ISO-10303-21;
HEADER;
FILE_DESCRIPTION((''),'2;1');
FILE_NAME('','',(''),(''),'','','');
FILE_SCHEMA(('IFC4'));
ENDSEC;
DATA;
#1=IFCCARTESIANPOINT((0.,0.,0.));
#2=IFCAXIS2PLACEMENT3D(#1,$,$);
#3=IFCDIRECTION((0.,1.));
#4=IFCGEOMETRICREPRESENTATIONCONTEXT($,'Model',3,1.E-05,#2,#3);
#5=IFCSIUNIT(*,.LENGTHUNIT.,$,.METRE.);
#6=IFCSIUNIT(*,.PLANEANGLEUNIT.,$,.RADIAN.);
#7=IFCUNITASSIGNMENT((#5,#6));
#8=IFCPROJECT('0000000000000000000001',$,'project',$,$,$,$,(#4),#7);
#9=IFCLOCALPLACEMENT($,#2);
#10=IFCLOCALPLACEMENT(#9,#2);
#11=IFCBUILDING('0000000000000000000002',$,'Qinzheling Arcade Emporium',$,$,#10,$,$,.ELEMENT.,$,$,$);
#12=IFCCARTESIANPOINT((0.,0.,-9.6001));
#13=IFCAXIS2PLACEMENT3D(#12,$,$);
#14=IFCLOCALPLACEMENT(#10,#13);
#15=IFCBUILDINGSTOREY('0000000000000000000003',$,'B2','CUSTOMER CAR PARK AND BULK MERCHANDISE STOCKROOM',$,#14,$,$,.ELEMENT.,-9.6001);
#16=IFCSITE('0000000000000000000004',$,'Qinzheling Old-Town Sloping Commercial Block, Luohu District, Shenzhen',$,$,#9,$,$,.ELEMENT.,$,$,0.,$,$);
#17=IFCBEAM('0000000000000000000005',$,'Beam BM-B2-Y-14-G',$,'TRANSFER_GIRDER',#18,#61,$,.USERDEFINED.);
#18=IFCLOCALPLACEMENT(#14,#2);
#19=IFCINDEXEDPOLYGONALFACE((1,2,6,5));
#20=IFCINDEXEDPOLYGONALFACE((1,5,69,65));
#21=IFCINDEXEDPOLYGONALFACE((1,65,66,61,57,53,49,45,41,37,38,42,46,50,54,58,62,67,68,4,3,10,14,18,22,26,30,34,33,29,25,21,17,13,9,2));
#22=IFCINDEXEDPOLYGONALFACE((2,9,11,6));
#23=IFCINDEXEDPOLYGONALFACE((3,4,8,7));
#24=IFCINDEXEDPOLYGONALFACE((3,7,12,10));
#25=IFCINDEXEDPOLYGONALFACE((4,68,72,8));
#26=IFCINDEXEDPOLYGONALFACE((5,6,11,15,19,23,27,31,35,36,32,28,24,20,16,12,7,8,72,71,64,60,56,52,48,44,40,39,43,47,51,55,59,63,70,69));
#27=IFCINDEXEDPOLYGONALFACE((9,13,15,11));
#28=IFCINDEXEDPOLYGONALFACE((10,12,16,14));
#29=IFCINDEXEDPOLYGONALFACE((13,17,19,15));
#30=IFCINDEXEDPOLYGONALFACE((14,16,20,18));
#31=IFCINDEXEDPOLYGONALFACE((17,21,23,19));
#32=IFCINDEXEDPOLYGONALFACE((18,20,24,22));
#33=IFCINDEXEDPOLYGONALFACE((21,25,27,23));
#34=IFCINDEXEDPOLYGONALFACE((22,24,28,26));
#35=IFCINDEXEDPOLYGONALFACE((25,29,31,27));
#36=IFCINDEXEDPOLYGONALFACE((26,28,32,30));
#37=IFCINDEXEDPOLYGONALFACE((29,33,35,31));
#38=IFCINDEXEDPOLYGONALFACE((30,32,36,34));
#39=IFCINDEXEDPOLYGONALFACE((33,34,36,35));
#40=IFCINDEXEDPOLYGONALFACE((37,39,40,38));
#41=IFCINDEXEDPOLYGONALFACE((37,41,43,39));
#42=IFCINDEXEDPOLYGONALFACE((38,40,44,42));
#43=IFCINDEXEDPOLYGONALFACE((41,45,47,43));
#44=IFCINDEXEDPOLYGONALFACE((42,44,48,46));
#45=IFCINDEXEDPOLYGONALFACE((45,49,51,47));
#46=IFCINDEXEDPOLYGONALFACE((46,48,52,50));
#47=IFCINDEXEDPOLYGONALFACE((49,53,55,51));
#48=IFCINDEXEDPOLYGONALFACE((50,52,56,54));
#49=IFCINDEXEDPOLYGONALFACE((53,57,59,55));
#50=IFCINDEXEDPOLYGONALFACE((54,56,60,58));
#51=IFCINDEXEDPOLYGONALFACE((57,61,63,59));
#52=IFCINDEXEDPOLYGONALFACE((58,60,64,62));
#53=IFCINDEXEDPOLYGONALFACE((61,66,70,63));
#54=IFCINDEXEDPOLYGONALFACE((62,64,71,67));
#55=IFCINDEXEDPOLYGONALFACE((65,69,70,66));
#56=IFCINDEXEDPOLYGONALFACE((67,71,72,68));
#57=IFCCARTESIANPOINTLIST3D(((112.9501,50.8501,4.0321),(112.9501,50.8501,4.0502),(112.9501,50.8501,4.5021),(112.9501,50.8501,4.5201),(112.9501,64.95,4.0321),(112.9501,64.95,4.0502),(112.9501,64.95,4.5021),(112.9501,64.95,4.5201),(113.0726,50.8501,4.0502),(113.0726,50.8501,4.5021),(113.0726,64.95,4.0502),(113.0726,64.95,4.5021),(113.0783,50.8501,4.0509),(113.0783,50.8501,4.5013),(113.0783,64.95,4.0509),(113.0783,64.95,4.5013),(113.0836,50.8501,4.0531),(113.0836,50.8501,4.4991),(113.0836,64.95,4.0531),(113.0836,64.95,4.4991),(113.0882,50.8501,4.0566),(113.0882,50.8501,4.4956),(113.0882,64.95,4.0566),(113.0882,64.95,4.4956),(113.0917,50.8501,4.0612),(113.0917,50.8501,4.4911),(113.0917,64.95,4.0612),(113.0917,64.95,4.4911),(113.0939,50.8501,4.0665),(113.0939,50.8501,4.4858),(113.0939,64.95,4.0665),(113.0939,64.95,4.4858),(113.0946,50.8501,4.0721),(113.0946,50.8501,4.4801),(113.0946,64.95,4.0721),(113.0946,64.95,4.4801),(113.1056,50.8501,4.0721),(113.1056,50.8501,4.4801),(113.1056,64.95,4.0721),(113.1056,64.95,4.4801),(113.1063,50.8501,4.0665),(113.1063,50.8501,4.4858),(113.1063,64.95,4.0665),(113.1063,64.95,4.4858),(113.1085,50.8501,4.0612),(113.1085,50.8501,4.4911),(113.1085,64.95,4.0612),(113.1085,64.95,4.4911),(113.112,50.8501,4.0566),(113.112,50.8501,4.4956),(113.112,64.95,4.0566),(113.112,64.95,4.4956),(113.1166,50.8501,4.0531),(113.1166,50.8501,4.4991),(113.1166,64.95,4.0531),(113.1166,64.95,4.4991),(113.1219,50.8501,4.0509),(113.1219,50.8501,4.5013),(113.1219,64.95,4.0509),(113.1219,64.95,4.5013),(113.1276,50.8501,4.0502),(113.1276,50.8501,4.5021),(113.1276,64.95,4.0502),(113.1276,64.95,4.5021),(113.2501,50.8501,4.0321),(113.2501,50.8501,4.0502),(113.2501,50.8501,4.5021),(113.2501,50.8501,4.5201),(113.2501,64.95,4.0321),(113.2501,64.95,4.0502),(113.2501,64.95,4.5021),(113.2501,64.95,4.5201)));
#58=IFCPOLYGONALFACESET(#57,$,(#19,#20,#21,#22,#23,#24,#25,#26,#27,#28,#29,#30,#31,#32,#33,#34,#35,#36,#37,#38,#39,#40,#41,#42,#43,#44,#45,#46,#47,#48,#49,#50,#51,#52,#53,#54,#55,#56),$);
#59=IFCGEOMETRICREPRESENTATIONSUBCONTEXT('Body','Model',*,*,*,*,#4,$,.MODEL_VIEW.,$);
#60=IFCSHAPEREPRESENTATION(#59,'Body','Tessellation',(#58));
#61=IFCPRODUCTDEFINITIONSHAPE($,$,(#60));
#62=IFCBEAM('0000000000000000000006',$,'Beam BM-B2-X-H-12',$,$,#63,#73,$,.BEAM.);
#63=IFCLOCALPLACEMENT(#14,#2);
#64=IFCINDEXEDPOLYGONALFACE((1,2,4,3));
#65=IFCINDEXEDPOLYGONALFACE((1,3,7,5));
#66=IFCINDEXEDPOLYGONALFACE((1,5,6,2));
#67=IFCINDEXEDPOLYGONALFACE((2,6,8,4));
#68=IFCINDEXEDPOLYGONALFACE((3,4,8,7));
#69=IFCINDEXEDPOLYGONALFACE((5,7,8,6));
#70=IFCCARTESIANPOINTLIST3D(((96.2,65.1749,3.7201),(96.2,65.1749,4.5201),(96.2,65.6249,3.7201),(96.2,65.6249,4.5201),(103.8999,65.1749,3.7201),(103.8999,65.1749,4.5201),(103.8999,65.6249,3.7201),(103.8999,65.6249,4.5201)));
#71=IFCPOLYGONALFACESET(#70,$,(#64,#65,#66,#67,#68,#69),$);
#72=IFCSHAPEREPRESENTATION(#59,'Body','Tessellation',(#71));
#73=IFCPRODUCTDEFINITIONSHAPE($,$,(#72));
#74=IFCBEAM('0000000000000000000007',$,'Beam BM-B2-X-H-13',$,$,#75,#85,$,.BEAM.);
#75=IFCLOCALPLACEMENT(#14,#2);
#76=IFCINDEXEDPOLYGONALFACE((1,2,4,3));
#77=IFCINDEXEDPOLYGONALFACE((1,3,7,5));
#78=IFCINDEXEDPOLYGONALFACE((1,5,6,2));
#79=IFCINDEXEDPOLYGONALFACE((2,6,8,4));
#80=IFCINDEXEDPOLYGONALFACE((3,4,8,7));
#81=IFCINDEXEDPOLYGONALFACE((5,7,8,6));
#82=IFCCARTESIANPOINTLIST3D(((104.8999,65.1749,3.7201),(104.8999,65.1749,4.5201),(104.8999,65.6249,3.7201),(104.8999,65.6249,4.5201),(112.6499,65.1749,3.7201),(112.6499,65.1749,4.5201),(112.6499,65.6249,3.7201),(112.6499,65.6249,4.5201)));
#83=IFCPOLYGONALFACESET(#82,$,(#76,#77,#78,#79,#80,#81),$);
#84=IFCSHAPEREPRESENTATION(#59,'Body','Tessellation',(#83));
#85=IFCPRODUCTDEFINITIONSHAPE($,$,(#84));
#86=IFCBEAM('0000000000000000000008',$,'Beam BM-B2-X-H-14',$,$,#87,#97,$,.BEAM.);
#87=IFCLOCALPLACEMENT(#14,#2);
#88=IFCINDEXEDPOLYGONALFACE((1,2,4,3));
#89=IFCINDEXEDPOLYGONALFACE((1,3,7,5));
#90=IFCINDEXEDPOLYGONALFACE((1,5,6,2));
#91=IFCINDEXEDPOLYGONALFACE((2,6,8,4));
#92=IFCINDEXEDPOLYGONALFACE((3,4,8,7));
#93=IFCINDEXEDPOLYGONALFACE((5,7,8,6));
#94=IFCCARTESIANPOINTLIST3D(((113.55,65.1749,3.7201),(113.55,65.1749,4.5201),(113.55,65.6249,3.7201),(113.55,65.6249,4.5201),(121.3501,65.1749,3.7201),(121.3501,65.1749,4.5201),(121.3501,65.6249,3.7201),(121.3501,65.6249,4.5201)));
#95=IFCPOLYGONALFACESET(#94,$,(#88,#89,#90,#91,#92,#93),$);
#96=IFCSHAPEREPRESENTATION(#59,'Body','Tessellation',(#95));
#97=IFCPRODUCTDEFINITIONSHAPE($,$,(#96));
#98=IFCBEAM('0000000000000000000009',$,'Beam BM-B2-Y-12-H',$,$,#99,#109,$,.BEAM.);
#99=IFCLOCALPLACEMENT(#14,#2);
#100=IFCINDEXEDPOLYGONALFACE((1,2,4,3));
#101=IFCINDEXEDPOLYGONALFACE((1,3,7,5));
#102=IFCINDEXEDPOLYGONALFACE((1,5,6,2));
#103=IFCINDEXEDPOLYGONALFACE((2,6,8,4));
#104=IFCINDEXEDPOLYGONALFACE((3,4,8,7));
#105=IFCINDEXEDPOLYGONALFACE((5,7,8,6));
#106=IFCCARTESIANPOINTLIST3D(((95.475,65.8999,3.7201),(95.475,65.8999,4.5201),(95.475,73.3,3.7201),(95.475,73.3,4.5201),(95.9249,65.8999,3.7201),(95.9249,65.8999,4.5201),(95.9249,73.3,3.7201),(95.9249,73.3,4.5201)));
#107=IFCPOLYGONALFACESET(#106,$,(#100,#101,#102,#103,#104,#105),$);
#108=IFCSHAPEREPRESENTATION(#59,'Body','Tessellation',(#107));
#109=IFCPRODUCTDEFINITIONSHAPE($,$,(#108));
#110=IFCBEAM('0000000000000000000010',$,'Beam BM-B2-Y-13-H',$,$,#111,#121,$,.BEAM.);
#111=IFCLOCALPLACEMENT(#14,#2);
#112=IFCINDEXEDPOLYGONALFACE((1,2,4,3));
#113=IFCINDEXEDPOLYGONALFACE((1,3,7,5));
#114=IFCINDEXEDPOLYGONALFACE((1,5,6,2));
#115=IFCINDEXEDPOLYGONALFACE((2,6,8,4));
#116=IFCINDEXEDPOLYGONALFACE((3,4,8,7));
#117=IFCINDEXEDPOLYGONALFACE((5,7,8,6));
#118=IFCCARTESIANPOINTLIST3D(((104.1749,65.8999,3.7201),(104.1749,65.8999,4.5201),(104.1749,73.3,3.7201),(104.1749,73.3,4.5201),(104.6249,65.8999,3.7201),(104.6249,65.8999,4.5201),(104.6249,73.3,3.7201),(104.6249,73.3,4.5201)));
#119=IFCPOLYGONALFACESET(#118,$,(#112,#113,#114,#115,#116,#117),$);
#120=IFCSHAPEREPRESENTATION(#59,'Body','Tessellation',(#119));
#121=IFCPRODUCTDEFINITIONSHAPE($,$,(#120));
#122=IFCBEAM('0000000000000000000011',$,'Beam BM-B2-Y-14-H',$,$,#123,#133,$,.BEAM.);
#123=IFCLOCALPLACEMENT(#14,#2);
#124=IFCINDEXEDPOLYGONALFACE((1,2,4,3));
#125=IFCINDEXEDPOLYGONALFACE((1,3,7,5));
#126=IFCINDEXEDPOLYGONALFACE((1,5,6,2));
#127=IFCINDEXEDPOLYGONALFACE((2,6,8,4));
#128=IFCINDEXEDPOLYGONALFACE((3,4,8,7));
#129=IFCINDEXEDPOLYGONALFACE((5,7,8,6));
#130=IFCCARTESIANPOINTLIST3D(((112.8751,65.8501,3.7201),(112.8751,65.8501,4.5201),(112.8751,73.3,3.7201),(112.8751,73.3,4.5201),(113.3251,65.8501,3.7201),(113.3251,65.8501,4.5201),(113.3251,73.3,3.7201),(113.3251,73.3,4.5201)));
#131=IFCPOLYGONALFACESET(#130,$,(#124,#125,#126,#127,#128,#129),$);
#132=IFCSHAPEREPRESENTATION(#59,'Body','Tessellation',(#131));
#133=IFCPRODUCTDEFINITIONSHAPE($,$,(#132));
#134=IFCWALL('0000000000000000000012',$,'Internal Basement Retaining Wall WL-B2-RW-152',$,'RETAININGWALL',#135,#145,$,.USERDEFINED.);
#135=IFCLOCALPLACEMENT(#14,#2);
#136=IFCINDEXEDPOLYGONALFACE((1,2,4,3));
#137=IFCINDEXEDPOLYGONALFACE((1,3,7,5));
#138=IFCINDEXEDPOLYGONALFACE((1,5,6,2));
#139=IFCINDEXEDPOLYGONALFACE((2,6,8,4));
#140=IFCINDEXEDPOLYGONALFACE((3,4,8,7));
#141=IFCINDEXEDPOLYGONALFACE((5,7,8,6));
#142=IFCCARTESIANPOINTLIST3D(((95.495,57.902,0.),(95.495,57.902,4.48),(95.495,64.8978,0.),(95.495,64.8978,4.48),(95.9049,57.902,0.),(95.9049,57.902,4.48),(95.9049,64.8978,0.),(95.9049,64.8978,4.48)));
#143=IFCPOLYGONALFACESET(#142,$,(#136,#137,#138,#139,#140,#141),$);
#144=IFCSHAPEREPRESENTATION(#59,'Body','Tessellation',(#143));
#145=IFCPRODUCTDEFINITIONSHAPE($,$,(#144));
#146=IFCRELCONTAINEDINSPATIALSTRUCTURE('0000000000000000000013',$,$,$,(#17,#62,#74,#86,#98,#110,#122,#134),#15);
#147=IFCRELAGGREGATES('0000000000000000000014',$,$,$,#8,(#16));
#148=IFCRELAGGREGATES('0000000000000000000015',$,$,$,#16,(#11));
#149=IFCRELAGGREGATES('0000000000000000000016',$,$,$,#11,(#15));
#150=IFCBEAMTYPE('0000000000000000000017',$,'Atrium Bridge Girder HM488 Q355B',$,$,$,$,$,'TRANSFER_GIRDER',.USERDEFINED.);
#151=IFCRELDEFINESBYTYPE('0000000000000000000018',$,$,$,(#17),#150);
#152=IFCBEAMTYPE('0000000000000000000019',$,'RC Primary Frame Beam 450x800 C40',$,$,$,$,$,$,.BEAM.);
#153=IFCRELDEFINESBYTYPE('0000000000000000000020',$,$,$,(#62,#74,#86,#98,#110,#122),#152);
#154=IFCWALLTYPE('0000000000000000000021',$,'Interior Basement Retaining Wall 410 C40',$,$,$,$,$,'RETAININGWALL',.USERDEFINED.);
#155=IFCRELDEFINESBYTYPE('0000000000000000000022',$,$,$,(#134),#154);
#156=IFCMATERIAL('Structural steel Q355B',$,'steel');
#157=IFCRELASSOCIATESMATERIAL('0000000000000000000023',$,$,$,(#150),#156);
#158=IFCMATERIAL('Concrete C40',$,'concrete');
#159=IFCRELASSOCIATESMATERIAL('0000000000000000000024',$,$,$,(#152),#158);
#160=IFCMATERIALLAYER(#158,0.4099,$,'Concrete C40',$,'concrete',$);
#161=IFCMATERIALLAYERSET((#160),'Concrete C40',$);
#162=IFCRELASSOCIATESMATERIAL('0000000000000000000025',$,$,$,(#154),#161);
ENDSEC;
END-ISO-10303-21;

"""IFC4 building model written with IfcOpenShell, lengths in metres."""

from ifc_helpers import new_model, si_unit, direction, frame, frame_2d, origin, origin_2d, place, context, subcontext, project, spatial, rectangle, i_section, extrude, material, layer, layer_set, material_profile, profile_set, type_object, element, save


model = new_model("IFC4")

# Units and contexts
model_context = context("Model", 3, precision=1e-05, world=origin(), true_north=direction((0.0, 1.0)))
body_context = subcontext(model_context, "Body", "Model", "MODEL_VIEW")
ifc_project = project(units=[si_unit("LENGTHUNIT", "METRE"), si_unit("PLANEANGLEUNIT", "RADIAN")], contexts=[model_context])

# Site, building, storey
site_placement = place(None, origin())
site = spatial("IfcSite", under=ifc_project, at=site_placement, Name="Qinzheling Old-Town Sloping Commercial Block, Luohu District, Shenzhen", CompositionType="ELEMENT", RefElevation=0.0)
building_placement = place(site_placement, origin())
building = spatial("IfcBuilding", under=site, at=building_placement, Name="Qinzheling Arcade Emporium", CompositionType="ELEMENT")
storey_placement = place(building_placement, frame((0.0, 0.0, -9.6001)))
storey = spatial("IfcBuildingStorey", under=building, at=storey_placement, Name="B2", Description="CUSTOMER CAR PARK AND BULK MERCHANDISE STOCKROOM", CompositionType="ELEMENT", Elevation=-9.6001)

# Shared definitions
ifc_material_1 = material(Name="Concrete C40", Category="concrete")

# Beams
ifc_material_2 = material(Name="Structural steel Q355B", Category="steel")
ifc_material_profile_1 = material_profile(ifc_material_2, i_section(OverallWidth=0.3, OverallDepth=0.488, WebThickness=0.011, FlangeThickness=0.0181, FilletRadius=0.022, at=origin_2d()), Name="HM 488x300x11x18", Category="steel")
ifc_profile_set_1 = profile_set([ifc_material_profile_1], Name="Structural steel Q355B")
beam_type_1 = type_object("IfcBeamType", Name="Atrium Bridge Girder HM488 Q355B", ElementType="TRANSFER_GIRDER", PredefinedType="USERDEFINED", material=ifc_profile_set_1)
beam_1_placement = place(storey_placement, frame((113.1001, 50.8501, 4.2761), z_axis=(0.0, 1.0, 0.0), x_axis=(-1.0, 0.0, 0.0)))
element("IfcBeam", 1, at=beam_1_placement, inside=storey, type_object=beam_type_1, Name="Beam BM-B2-Y-14-G", ObjectType="TRANSFER_GIRDER", PredefinedType="USERDEFINED", context=body_context, shape_type="SweptSolid", body=[
    extrude(i_section(OverallWidth=0.3, OverallDepth=0.488, WebThickness=0.011, FlangeThickness=0.0181, FilletRadius=0.022, at=origin_2d()), origin(), (0.0, 0.0, 1.0), 14.0999),
])
ifc_material_profile_2 = material_profile(ifc_material_1, rectangle(XDim=0.45, YDim=0.8, at=origin_2d()), Name="RC 450x800", Category="concrete")
ifc_profile_set_2 = profile_set([ifc_material_profile_2], Name="Concrete C40")
beam_type_2 = type_object("IfcBeamType", Name="RC Primary Frame Beam 450x800 C40", PredefinedType="BEAM", material=ifc_profile_set_2)
beam_2_placement = place(storey_placement, frame((96.2, 65.3999, 4.1201), z_axis=(1.0, 0.0, 0.0), x_axis=(0.0, 1.0, 0.0)))
element("IfcBeam", 2, at=beam_2_placement, inside=storey, type_object=beam_type_2, Name="Beam BM-B2-X-H-12", PredefinedType="BEAM", context=body_context, shape_type="SweptSolid", body=[
    extrude(rectangle(XDim=0.45, YDim=0.8, at=origin_2d()), origin(), (0.0, 0.0, 1.0), 7.7),
])
beam_3_placement = place(storey_placement, frame((104.8999, 65.3999, 4.1201), z_axis=(1.0, 0.0, 0.0), x_axis=(0.0, 1.0, 0.0)))
element("IfcBeam", 3, at=beam_3_placement, inside=storey, type_object=beam_type_2, Name="Beam BM-B2-X-H-13", PredefinedType="BEAM", context=body_context, shape_type="SweptSolid", body=[
    extrude(rectangle(XDim=0.45, YDim=0.8, at=origin_2d()), origin(), (0.0, 0.0, 1.0), 7.75),
])
beam_4_placement = place(storey_placement, frame((113.55, 65.3999, 4.1201), z_axis=(1.0, 0.0, 0.0), x_axis=(0.0, 1.0, 0.0)))
element("IfcBeam", 4, at=beam_4_placement, inside=storey, type_object=beam_type_2, Name="Beam BM-B2-X-H-14", PredefinedType="BEAM", context=body_context, shape_type="SweptSolid", body=[
    extrude(rectangle(XDim=0.45, YDim=0.8, at=origin_2d()), origin(), (0.0, 0.0, 1.0), 7.8),
])
for number, where, z_axis, x_axis, name in (
    (5, (95.7, 65.8999, 4.1201), (0.0, 1.0, 0.0), (-1.0, 0.0, 0.0), "Beam BM-B2-Y-12-H"),
    (6, (104.3999, 65.8999, 4.1201), (0.0, 1.0, 0.0), (-1.0, 0.0, 0.0), "Beam BM-B2-Y-13-H"),
):
    element("IfcBeam", number, at=place(storey_placement, frame(where, z_axis=z_axis, x_axis=x_axis)), inside=storey, type_object=beam_type_2, Name=name, PredefinedType="BEAM", context=body_context, shape_type="SweptSolid", body=[
        extrude(rectangle(XDim=0.45, YDim=0.8, at=origin_2d()), origin(), (0.0, 0.0, 1.0), 7.4001),
    ])
beam_5_placement = place(storey_placement, frame((113.1001, 65.8501, 4.1201), z_axis=(0.0, 1.0, 0.0), x_axis=(-1.0, 0.0, 0.0)))
element("IfcBeam", 7, at=beam_5_placement, inside=storey, type_object=beam_type_2, Name="Beam BM-B2-Y-14-H", PredefinedType="BEAM", context=body_context, shape_type="SweptSolid", body=[
    extrude(rectangle(XDim=0.45, YDim=0.8, at=origin_2d()), origin(), (0.0, 0.0, 1.0), 7.45),
])

# Wall
ifc_layer = layer(ifc_material_1, 0.4099, Name="Concrete C40", Category="concrete")
ifc_layer_set = layer_set([ifc_layer], Name="Concrete C40")
wall_type = type_object("IfcWallType", Name="Interior Basement Retaining Wall 410 C40", ElementType="RETAININGWALL", PredefinedType="USERDEFINED", material=ifc_layer_set)
wall_placement = place(storey_placement, frame((95.7, 64.8979, 0.0), z_axis=(0.0, 0.0, 1.0), x_axis=(0.0, -1.0, 0.0)))
element("IfcWall", 8, at=wall_placement, inside=storey, type_object=wall_type, Name="Internal Basement Retaining Wall WL-B2-RW-152", ObjectType="RETAININGWALL", PredefinedType="USERDEFINED", context=body_context, shape_type="SweptSolid", body=[
    extrude(rectangle(XDim=6.9958, YDim=0.4099, at=frame_2d((3.498, 0.0))), origin(), (0.0, 0.0, 1.0), 4.48),
])

save(model, "model.ifc")
